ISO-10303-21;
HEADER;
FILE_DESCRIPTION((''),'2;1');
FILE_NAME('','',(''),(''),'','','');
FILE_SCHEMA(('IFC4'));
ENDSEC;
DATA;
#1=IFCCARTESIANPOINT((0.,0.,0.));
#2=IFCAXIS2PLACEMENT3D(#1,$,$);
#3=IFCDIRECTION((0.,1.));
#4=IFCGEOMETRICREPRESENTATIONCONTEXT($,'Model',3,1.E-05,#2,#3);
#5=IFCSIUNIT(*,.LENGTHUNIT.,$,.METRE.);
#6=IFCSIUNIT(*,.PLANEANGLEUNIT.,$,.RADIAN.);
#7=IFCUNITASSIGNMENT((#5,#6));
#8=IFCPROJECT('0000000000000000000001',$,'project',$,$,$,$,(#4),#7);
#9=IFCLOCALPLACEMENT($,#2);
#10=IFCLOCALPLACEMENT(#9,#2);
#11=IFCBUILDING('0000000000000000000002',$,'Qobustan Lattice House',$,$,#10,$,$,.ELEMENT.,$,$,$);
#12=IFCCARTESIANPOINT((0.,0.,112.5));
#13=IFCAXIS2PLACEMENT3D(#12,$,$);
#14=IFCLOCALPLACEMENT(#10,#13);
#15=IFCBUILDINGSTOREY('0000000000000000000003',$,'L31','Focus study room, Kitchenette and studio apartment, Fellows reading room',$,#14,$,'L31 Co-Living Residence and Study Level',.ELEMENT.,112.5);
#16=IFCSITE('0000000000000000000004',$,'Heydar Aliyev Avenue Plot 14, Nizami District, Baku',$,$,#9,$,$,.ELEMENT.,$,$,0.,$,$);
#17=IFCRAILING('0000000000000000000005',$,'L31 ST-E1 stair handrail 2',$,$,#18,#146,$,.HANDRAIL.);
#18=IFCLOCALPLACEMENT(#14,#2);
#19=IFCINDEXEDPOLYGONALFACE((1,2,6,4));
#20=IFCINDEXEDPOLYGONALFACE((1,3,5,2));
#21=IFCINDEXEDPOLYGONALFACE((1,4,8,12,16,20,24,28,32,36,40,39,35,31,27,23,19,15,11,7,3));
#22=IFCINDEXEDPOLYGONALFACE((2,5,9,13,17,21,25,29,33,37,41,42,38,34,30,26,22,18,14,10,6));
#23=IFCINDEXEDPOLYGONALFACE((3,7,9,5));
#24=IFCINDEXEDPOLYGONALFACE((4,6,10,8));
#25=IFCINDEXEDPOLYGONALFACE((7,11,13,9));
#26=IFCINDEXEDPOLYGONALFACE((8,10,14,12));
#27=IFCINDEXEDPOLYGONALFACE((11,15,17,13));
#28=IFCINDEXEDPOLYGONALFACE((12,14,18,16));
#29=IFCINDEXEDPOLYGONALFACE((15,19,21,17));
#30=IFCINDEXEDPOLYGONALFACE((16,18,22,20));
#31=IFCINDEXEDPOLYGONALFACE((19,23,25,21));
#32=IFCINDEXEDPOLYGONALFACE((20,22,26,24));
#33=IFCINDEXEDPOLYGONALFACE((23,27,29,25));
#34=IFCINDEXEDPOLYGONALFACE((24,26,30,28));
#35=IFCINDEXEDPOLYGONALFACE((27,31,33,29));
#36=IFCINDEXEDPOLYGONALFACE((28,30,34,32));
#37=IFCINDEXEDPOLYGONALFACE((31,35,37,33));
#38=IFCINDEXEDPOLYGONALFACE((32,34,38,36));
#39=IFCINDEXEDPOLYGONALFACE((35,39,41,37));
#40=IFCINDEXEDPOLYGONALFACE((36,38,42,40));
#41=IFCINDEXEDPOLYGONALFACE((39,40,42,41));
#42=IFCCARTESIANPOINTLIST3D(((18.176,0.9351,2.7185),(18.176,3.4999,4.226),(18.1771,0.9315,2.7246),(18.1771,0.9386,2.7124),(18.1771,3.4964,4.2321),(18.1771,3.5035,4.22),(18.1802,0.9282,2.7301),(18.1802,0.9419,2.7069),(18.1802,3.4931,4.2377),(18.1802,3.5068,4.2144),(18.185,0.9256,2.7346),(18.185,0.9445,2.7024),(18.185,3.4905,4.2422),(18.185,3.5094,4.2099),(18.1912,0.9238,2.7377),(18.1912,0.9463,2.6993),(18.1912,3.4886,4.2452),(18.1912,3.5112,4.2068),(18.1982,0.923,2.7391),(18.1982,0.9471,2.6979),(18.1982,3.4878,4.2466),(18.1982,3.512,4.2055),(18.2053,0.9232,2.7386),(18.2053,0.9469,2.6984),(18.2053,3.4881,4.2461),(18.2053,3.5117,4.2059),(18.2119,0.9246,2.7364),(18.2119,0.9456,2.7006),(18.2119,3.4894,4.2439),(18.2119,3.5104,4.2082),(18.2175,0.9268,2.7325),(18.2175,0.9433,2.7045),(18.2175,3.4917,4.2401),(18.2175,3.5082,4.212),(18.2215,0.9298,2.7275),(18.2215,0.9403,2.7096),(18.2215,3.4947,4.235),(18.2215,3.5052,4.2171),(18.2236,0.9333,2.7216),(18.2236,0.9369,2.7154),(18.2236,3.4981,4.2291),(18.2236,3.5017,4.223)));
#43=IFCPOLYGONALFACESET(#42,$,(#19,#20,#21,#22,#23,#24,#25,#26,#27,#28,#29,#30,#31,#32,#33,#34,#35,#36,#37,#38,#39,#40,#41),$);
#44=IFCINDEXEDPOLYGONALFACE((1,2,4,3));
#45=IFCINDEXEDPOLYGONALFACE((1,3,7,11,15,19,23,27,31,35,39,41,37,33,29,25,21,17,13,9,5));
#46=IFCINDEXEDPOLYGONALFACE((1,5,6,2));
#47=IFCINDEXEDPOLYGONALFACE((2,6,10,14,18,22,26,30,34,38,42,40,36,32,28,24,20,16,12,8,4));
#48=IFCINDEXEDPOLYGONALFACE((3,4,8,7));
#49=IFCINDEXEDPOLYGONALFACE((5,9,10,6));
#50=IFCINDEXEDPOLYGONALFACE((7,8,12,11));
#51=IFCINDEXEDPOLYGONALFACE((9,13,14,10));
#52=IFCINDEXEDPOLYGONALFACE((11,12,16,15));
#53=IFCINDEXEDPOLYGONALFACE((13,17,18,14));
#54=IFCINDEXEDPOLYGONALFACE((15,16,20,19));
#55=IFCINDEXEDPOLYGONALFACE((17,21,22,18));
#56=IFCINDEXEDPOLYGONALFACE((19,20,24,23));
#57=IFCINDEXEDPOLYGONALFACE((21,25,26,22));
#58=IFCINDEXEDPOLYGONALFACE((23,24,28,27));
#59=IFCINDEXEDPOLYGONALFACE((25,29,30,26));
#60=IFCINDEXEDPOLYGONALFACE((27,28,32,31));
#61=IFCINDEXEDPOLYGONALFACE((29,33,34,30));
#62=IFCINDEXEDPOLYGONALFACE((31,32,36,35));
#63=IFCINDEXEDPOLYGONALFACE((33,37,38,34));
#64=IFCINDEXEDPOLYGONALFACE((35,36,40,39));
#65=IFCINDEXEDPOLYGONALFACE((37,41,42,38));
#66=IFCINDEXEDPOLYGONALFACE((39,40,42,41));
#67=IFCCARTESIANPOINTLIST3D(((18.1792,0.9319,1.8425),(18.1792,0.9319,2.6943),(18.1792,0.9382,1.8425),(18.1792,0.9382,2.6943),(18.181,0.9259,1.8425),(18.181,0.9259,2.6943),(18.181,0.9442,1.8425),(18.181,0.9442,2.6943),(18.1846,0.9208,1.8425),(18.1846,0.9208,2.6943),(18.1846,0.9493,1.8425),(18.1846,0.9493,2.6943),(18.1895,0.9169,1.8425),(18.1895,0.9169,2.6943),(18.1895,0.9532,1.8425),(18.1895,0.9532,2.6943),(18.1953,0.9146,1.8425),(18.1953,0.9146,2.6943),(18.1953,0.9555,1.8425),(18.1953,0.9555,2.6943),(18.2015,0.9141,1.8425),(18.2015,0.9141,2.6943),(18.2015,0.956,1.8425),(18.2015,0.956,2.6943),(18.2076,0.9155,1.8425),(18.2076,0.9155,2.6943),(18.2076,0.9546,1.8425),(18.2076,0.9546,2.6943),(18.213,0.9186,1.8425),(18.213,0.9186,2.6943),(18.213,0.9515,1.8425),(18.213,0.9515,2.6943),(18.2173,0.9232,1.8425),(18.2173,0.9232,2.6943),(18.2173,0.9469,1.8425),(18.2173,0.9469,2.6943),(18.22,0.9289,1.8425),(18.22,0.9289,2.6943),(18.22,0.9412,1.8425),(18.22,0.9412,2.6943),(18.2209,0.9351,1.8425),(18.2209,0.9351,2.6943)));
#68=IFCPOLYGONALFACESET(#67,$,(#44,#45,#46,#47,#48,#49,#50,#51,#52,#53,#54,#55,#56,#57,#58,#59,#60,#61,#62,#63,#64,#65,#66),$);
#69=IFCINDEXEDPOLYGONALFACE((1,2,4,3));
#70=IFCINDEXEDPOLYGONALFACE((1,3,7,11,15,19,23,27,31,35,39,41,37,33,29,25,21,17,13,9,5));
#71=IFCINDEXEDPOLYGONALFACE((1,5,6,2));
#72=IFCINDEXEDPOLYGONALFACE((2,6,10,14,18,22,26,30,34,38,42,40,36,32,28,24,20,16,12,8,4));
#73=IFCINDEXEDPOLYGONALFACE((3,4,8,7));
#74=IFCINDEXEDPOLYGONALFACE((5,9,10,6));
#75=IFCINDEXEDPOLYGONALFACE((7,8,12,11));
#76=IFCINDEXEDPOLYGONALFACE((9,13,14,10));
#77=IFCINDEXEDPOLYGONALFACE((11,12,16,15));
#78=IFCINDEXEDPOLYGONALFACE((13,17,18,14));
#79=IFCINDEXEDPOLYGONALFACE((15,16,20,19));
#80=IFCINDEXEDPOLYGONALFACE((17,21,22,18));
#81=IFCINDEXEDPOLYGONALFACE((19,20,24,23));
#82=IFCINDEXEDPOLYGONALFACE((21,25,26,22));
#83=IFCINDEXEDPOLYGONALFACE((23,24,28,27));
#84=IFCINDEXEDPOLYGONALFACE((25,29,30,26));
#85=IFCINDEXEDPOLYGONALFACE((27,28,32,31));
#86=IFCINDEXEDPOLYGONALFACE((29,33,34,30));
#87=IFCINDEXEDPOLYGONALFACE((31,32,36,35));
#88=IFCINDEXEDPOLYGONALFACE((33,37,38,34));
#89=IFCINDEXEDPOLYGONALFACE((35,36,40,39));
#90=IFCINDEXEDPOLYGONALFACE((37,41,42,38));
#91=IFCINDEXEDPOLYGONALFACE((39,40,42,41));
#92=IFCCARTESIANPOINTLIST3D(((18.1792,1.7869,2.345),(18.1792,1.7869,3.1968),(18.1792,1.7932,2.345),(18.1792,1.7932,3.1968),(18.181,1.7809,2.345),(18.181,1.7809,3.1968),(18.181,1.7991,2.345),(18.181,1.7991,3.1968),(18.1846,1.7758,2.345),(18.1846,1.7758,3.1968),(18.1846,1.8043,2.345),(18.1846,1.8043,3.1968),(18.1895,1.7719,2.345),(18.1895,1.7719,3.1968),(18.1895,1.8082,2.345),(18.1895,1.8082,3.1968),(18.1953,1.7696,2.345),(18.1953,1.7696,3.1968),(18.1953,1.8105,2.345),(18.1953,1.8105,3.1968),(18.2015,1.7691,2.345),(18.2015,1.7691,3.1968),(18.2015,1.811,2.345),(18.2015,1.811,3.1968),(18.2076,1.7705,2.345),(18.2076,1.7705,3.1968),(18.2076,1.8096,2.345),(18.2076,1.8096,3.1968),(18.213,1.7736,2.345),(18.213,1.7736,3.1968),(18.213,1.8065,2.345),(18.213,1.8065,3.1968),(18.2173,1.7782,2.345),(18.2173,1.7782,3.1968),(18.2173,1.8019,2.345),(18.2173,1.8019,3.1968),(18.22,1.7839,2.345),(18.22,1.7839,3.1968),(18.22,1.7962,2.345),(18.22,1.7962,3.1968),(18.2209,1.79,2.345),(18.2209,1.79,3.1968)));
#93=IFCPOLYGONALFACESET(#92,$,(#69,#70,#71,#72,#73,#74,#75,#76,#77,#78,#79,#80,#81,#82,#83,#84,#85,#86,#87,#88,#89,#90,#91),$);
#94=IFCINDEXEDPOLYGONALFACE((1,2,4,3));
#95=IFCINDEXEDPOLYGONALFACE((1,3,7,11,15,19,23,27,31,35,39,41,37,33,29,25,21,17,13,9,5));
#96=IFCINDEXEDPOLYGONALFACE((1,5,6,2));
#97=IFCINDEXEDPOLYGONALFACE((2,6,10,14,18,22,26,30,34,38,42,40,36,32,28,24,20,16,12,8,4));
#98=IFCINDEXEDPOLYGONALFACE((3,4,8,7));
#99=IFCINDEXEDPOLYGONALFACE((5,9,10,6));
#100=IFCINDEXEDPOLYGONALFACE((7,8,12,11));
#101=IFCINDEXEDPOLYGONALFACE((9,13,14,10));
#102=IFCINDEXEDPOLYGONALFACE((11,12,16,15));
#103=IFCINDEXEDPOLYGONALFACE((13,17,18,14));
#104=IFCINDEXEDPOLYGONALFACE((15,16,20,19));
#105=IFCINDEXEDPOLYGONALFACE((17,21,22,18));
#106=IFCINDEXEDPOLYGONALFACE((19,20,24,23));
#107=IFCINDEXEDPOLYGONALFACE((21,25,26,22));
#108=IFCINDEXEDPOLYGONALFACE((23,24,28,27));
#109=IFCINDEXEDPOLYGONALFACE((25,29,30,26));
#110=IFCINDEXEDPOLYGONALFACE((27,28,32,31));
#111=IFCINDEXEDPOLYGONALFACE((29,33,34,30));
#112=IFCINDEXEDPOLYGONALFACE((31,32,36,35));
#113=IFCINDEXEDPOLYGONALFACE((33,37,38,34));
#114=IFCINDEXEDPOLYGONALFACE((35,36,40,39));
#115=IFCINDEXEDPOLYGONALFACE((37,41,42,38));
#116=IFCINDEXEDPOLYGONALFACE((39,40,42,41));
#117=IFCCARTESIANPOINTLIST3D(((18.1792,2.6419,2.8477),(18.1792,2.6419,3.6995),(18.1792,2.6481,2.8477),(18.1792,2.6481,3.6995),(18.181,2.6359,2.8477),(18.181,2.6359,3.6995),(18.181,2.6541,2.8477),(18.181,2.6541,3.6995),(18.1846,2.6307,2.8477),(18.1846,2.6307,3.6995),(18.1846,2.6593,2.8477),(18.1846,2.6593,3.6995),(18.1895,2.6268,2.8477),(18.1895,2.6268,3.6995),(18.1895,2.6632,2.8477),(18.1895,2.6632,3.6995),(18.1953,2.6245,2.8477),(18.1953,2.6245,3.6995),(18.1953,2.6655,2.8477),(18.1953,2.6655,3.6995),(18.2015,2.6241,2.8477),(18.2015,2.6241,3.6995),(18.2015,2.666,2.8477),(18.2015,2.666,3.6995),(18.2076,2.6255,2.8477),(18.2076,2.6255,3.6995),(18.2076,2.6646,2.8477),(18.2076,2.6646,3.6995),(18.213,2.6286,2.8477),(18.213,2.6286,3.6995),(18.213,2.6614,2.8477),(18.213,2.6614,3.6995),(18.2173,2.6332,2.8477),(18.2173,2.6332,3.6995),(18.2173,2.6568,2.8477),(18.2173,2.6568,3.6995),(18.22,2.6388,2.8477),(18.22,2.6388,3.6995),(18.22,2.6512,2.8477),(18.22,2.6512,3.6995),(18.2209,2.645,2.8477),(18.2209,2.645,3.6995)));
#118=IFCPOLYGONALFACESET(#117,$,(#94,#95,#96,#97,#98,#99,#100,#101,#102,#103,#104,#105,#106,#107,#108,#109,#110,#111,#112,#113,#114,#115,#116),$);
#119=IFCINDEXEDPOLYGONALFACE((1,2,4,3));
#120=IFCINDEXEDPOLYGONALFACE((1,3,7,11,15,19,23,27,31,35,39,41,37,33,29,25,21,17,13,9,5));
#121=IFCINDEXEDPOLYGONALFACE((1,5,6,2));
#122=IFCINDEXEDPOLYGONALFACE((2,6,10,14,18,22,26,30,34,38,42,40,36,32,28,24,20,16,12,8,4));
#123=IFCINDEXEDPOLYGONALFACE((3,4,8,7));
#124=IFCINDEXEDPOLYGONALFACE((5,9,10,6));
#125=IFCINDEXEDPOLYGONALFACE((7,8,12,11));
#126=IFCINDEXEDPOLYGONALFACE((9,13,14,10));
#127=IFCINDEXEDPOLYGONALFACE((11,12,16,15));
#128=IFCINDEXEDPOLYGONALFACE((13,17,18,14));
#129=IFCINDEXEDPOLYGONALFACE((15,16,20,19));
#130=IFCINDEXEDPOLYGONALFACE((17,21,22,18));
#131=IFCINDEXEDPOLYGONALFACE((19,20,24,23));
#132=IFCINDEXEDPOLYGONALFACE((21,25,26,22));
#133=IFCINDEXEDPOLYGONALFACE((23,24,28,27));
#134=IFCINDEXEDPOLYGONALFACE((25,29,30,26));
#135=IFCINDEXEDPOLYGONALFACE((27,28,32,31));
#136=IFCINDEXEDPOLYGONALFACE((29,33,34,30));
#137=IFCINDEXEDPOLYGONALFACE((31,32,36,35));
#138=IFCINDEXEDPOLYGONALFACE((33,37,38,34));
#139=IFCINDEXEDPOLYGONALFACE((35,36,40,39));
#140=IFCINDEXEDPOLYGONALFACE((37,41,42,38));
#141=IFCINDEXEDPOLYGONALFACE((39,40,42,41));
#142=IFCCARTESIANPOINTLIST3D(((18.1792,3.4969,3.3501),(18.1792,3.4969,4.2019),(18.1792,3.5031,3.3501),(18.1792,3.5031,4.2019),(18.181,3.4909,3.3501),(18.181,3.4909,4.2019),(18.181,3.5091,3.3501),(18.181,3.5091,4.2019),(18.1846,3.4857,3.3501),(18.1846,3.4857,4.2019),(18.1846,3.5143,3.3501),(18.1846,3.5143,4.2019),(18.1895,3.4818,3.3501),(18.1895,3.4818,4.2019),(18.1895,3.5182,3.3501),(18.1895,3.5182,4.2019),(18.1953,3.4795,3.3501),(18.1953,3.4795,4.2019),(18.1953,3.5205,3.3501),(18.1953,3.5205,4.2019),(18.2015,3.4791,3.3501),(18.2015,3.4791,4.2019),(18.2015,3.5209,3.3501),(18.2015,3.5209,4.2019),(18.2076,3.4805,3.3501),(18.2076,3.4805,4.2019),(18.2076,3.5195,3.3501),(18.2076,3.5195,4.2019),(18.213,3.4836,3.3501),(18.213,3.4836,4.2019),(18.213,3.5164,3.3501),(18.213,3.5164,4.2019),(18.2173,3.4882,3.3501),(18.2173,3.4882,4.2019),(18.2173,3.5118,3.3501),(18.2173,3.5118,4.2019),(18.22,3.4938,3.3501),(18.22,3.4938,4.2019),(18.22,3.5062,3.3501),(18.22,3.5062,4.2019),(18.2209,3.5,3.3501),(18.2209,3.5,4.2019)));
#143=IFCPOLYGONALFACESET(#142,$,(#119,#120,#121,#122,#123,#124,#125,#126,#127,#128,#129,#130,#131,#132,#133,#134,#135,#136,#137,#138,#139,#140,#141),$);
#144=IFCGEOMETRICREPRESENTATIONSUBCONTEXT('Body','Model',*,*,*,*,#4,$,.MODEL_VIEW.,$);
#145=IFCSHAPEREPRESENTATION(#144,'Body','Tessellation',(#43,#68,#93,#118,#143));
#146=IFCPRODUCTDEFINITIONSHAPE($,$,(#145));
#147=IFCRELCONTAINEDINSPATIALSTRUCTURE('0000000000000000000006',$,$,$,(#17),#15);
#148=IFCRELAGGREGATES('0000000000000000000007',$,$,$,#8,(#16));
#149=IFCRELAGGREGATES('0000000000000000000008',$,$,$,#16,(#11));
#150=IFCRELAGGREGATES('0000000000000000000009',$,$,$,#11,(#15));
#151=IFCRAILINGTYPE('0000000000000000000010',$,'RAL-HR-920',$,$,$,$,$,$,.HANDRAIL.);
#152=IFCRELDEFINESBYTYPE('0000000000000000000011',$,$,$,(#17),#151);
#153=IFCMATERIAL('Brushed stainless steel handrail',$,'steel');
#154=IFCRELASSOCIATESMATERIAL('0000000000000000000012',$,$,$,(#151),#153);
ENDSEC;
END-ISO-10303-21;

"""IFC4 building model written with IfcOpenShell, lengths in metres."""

from ifc_helpers import new_model, si_unit, direction, frame, origin, origin_2d, place, context, subcontext, project, spatial, circle, extrude, material, type_object, element, save


model = new_model("IFC4")

# Units and contexts
model_context = context("Model", 3, precision=1e-05, world=origin(), true_north=direction((0.0, 1.0)))
body_context = subcontext(model_context, "Body", "Model", "MODEL_VIEW")
ifc_project = project(units=[si_unit("LENGTHUNIT", "METRE"), si_unit("PLANEANGLEUNIT", "RADIAN")], contexts=[model_context])

# Site, building, storey
site_placement = place(None, origin())
site = spatial("IfcSite", under=ifc_project, at=site_placement, Name="Heydar Aliyev Avenue Plot 14, Nizami District, Baku", CompositionType="ELEMENT", RefElevation=0.0)
building_placement = place(site_placement, origin())
building = spatial("IfcBuilding", under=site, at=building_placement, Name="Qobustan Lattice House", CompositionType="ELEMENT")
storey_placement = place(building_placement, frame((0.0, 0.0, 112.5)))
storey = spatial("IfcBuildingStorey", under=building, at=storey_placement, Name="L31", Description="Focus study room, Kitchenette and studio apartment, Fellows reading room", LongName="L31 Co-Living Residence and Study Level", CompositionType="ELEMENT", Elevation=112.5)

# Railing
ifc_material_1 = material(Name="Brushed stainless steel handrail", Category="steel")
railing_type = type_object("IfcRailingType", Name="RAL-HR-920", PredefinedType="HANDRAIL", material=ifc_material_1)
railing_placement = place(storey_placement, frame((18.2, 0.9351, 1.8425)))
element("IfcRailing", 1, at=railing_placement, inside=storey, type_object=railing_type, Name="L31 ST-E1 stair handrail 2", PredefinedType="HANDRAIL", context=body_context, shape_type="SweptSolid", body=[
    extrude(circle(Radius=0.0239, at=origin_2d()), frame((0.0, 0.0, 0.876), z_axis=(0.0, 0.862113, 0.506715), x_axis=(-1.0, 0.0, 0.0)), (0.0, 0.0, 1.0), 2.9751),
    extrude(circle(Radius=0.021, at=origin_2d()), origin(), (0.0, 0.0, 1.0), 0.8518),
    extrude(circle(Radius=0.021, at=origin_2d()), frame((0.0, 0.855, 0.5024)), (0.0, 0.0, 1.0), 0.8518),
    extrude(circle(Radius=0.021, at=origin_2d()), frame((0.0, 1.71, 1.0051)), (0.0, 0.0, 1.0), 0.8518),
    extrude(circle(Radius=0.021, at=origin_2d()), frame((0.0, 2.5649, 1.5076)), (0.0, 0.0, 1.0), 0.8518),
])

save(model, "model.ifc")
